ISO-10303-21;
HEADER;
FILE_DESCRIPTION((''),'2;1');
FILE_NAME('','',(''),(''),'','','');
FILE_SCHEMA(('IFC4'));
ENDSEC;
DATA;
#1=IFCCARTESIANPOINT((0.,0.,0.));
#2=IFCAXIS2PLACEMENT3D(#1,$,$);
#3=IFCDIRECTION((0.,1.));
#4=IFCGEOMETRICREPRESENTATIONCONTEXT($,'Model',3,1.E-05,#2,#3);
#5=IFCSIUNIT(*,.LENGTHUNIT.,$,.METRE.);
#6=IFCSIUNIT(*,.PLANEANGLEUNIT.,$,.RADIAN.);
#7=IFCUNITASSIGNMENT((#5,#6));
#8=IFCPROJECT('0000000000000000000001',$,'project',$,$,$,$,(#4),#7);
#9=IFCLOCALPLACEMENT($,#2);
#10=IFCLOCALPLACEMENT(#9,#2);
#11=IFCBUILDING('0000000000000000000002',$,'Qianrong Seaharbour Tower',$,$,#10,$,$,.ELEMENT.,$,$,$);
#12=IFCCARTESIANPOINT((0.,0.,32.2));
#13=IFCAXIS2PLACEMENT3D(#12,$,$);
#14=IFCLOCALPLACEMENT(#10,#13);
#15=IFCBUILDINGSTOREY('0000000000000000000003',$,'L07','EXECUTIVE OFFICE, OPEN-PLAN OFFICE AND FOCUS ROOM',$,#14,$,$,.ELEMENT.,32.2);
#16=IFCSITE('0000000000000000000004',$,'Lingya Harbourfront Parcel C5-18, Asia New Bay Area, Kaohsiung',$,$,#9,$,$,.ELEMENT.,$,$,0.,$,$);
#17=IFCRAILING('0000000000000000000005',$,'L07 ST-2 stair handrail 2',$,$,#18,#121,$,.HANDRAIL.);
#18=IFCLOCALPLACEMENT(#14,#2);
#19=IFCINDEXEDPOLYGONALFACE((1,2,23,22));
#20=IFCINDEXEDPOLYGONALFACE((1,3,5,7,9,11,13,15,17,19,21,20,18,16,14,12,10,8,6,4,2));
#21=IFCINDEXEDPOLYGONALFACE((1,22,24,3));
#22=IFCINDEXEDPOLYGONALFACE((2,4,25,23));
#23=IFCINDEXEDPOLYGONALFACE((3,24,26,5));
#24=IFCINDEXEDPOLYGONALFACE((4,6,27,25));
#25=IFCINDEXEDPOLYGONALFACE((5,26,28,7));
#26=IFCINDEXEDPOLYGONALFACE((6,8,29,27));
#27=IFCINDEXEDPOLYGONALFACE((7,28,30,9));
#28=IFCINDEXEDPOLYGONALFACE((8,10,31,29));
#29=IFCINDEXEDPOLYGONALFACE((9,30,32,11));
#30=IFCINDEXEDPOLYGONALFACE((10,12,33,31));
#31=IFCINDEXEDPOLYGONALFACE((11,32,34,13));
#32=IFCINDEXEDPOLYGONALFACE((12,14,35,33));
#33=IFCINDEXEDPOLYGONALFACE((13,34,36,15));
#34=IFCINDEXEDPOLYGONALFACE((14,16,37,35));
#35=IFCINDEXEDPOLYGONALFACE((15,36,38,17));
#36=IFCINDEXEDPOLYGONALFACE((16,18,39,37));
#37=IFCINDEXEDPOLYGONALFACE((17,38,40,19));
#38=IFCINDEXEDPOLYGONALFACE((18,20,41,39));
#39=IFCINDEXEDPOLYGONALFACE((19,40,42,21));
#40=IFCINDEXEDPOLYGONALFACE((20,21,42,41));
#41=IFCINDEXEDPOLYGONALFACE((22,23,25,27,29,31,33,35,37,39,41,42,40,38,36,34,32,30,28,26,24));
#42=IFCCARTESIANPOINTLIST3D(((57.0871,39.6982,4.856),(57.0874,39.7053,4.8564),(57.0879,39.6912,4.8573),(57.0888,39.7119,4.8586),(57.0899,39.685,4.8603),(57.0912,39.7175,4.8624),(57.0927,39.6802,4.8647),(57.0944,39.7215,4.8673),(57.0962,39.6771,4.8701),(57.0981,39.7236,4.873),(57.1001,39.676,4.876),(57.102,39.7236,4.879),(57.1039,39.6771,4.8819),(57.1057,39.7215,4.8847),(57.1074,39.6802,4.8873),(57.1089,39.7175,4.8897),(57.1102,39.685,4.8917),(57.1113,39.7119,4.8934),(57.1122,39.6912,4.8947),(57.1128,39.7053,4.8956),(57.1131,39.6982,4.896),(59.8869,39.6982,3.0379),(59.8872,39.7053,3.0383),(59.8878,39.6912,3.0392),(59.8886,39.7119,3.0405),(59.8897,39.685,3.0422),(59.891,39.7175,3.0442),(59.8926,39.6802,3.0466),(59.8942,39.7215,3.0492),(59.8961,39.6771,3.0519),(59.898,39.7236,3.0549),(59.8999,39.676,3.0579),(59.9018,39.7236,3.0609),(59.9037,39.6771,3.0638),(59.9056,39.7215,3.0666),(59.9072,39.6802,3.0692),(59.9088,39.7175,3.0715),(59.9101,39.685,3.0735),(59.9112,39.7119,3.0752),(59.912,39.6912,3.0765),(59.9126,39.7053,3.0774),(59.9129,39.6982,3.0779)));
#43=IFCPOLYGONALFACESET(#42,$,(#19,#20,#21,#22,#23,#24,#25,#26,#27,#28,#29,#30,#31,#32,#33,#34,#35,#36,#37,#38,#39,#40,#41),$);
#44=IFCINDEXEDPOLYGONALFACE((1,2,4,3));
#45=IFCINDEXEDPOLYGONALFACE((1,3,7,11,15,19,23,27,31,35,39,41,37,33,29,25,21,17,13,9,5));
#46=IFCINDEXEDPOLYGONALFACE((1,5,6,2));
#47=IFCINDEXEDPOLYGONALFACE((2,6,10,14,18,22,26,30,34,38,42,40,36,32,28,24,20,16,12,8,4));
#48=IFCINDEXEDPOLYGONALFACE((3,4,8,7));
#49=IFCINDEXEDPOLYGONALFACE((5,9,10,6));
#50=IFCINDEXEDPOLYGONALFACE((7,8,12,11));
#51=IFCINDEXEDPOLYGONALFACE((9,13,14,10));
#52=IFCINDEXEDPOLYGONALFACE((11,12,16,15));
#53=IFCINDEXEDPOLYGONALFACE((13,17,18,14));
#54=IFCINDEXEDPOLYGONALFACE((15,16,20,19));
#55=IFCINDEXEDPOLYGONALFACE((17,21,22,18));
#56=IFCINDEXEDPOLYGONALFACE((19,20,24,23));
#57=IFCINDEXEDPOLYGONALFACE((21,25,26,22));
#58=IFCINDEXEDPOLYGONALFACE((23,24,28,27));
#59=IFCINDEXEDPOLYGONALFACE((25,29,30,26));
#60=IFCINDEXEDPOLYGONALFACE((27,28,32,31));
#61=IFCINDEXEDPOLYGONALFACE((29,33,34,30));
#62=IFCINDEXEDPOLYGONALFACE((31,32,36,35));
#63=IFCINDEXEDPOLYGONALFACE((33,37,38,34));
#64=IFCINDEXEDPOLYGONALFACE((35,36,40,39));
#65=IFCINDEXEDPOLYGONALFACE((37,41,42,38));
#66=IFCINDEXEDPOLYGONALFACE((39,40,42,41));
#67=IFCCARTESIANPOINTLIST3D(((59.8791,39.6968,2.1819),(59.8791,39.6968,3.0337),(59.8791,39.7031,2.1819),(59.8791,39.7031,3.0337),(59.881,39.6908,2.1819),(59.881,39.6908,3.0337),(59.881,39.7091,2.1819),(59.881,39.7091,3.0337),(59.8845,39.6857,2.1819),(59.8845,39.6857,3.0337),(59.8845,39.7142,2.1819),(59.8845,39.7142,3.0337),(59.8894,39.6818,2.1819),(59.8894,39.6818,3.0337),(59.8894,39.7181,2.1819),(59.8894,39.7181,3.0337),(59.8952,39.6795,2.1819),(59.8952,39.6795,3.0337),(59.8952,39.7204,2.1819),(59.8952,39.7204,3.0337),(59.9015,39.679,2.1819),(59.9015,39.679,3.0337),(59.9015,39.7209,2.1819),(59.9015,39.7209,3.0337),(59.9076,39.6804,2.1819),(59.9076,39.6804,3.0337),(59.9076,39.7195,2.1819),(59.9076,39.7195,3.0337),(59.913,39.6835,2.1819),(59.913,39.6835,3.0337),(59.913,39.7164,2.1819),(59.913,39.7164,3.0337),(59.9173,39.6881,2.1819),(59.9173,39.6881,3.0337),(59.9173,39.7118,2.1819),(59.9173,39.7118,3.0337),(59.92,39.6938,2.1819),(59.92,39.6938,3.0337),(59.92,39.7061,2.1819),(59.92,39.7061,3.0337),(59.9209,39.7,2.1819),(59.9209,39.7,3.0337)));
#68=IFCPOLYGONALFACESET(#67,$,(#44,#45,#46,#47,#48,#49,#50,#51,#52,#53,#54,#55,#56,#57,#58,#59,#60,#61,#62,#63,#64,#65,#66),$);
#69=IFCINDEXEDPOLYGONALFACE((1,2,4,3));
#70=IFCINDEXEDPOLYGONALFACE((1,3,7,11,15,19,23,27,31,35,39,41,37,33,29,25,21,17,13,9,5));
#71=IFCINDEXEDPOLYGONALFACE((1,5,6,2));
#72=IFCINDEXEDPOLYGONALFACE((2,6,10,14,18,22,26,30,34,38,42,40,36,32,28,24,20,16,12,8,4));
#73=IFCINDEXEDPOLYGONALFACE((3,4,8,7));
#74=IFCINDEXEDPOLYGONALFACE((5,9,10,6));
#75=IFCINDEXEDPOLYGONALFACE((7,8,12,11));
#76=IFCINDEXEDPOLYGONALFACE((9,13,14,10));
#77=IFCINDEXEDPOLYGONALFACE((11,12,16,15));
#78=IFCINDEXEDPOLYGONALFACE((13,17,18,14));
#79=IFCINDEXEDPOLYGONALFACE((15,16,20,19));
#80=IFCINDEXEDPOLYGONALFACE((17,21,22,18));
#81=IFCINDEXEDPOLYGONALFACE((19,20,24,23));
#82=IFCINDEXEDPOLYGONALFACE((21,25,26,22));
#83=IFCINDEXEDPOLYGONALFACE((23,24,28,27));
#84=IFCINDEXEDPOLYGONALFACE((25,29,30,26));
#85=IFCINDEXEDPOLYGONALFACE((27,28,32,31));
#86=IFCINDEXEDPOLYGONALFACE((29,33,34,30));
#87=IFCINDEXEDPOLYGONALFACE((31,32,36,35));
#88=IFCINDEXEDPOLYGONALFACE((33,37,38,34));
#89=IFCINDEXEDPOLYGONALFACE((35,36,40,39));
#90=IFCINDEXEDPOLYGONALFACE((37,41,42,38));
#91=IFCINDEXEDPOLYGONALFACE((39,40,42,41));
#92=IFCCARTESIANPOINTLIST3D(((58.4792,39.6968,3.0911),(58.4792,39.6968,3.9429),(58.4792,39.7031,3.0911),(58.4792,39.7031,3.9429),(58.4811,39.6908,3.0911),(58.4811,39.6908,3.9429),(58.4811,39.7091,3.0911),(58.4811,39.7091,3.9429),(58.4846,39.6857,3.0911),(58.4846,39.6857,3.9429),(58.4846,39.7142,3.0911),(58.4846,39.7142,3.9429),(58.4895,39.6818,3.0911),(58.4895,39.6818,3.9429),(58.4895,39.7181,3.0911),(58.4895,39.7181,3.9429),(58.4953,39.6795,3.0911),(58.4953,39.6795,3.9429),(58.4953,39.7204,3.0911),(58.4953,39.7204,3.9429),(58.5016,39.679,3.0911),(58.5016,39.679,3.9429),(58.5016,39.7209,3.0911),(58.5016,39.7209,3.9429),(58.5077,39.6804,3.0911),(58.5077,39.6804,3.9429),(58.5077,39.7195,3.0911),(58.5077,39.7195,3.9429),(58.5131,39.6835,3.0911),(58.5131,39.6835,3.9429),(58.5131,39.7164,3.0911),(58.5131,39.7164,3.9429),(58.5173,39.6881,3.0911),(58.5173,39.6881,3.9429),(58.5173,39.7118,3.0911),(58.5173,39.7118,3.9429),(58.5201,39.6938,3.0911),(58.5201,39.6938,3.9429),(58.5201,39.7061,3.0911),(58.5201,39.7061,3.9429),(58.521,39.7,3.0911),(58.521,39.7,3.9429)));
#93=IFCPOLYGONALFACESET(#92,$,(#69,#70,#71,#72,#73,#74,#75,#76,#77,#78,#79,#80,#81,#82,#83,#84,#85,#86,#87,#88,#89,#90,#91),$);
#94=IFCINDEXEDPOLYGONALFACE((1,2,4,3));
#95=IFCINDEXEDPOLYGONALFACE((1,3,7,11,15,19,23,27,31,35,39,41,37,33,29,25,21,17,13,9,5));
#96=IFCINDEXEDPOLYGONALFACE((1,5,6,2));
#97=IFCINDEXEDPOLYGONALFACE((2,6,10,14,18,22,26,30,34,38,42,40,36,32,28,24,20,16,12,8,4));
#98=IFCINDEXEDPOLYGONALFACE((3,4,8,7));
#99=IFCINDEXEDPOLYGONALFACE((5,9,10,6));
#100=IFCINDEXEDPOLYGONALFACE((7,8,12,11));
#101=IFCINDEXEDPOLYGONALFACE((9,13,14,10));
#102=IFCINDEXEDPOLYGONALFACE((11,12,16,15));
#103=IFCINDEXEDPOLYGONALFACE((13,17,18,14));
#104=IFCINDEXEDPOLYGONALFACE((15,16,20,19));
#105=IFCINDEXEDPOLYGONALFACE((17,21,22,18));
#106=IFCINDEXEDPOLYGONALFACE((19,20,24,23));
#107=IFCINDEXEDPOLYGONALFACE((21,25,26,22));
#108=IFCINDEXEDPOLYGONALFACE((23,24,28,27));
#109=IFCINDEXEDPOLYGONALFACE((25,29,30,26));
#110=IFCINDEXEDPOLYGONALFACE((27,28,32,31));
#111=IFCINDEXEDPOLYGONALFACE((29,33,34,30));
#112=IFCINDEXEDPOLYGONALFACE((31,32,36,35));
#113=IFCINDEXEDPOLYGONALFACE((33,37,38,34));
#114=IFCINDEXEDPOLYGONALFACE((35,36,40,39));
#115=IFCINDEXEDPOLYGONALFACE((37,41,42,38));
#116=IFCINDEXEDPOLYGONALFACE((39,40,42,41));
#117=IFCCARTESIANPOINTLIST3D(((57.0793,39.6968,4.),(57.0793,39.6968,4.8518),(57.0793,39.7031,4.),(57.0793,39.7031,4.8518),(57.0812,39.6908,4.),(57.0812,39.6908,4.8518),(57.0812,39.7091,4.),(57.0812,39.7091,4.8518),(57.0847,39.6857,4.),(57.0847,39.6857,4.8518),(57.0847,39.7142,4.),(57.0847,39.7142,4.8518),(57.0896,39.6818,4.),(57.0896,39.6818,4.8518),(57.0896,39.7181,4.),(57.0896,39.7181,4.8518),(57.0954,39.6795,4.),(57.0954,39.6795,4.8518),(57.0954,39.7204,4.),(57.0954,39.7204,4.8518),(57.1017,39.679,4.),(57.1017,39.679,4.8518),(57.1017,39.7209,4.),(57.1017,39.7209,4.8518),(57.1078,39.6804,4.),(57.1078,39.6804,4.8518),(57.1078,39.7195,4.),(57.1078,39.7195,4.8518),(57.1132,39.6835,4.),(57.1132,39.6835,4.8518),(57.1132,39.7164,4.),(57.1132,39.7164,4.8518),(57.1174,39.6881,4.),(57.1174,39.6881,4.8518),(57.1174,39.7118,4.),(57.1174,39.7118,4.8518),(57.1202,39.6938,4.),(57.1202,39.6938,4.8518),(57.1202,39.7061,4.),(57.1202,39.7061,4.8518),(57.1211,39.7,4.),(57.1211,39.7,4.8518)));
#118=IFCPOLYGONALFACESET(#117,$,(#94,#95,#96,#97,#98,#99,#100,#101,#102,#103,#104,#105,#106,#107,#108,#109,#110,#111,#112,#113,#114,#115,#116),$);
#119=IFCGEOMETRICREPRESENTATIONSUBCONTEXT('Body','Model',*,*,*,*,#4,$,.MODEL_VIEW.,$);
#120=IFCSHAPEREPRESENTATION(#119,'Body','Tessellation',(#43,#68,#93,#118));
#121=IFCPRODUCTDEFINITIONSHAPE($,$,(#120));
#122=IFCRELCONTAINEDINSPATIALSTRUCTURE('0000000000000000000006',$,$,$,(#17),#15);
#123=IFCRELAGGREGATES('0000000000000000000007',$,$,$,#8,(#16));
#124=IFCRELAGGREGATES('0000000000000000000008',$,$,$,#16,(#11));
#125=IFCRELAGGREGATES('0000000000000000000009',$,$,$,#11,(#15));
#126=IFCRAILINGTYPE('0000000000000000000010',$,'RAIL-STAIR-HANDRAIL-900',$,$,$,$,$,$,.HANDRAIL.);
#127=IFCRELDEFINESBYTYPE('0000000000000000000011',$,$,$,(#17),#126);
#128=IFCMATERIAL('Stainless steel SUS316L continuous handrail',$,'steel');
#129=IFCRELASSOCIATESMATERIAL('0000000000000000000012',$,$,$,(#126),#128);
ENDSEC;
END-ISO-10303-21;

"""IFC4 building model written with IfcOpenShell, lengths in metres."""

from ifc_helpers import new_model, si_unit, direction, frame, origin, origin_2d, place, context, subcontext, project, spatial, circle, extrude, material, type_object, element, save


model = new_model("IFC4")

# Units and contexts
model_context = context("Model", 3, precision=1e-05, world=origin(), true_north=direction((0.0, 1.0)))
body_context = subcontext(model_context, "Body", "Model", "MODEL_VIEW")
ifc_project = project(units=[si_unit("LENGTHUNIT", "METRE"), si_unit("PLANEANGLEUNIT", "RADIAN")], contexts=[model_context])

# Site, building, storey
site_placement = place(None, origin())
site = spatial("IfcSite", under=ifc_project, at=site_placement, Name="Lingya Harbourfront Parcel C5-18, Asia New Bay Area, Kaohsiung", CompositionType="ELEMENT", RefElevation=0.0)
building_placement = place(site_placement, origin())
building = spatial("IfcBuilding", under=site, at=building_placement, Name="Qianrong Seaharbour Tower", CompositionType="ELEMENT")
storey_placement = place(building_placement, frame((0.0, 0.0, 32.2)))
storey = spatial("IfcBuildingStorey", under=building, at=storey_placement, Name="L07", Description="EXECUTIVE OFFICE, OPEN-PLAN OFFICE AND FOCUS ROOM", CompositionType="ELEMENT", Elevation=32.2)

# Railing
ifc_material_1 = material(Name="Stainless steel SUS316L continuous handrail", Category="steel")
railing_type_1 = type_object("IfcRailingType", Name="RAIL-STAIR-HANDRAIL-900", PredefinedType="HANDRAIL", material=ifc_material_1)
railing_1_placement = place(storey_placement, frame((59.8999, 39.7, 2.1819)))
element("IfcRailing", 1, at=railing_1_placement, inside=storey, type_object=railing_type_1, Name="L07 ST-2 stair handrail 2", PredefinedType="HANDRAIL", context=body_context, shape_type="SweptSolid", body=[
    extrude(circle(Radius=0.0239, at=origin_2d()), frame((0.0, 0.0, 0.876), z_axis=(-0.838684, 0.0, 0.544618), x_axis=(0.0, -1.0, 0.0)), (0.0, 0.0, 1.0), 3.3384),
    extrude(circle(Radius=0.021, at=origin_2d()), origin(), (0.0, 0.0, 1.0), 0.8518),
    extrude(circle(Radius=0.021, at=origin_2d()), frame((-1.3999, 0.0, 0.9092)), (0.0, 0.0, 1.0), 0.8518),
    extrude(circle(Radius=0.021, at=origin_2d()), frame((-2.7998, 0.0, 1.8181)), (0.0, 0.0, 1.0), 0.8518),
])

save(model, "model.ifc")
